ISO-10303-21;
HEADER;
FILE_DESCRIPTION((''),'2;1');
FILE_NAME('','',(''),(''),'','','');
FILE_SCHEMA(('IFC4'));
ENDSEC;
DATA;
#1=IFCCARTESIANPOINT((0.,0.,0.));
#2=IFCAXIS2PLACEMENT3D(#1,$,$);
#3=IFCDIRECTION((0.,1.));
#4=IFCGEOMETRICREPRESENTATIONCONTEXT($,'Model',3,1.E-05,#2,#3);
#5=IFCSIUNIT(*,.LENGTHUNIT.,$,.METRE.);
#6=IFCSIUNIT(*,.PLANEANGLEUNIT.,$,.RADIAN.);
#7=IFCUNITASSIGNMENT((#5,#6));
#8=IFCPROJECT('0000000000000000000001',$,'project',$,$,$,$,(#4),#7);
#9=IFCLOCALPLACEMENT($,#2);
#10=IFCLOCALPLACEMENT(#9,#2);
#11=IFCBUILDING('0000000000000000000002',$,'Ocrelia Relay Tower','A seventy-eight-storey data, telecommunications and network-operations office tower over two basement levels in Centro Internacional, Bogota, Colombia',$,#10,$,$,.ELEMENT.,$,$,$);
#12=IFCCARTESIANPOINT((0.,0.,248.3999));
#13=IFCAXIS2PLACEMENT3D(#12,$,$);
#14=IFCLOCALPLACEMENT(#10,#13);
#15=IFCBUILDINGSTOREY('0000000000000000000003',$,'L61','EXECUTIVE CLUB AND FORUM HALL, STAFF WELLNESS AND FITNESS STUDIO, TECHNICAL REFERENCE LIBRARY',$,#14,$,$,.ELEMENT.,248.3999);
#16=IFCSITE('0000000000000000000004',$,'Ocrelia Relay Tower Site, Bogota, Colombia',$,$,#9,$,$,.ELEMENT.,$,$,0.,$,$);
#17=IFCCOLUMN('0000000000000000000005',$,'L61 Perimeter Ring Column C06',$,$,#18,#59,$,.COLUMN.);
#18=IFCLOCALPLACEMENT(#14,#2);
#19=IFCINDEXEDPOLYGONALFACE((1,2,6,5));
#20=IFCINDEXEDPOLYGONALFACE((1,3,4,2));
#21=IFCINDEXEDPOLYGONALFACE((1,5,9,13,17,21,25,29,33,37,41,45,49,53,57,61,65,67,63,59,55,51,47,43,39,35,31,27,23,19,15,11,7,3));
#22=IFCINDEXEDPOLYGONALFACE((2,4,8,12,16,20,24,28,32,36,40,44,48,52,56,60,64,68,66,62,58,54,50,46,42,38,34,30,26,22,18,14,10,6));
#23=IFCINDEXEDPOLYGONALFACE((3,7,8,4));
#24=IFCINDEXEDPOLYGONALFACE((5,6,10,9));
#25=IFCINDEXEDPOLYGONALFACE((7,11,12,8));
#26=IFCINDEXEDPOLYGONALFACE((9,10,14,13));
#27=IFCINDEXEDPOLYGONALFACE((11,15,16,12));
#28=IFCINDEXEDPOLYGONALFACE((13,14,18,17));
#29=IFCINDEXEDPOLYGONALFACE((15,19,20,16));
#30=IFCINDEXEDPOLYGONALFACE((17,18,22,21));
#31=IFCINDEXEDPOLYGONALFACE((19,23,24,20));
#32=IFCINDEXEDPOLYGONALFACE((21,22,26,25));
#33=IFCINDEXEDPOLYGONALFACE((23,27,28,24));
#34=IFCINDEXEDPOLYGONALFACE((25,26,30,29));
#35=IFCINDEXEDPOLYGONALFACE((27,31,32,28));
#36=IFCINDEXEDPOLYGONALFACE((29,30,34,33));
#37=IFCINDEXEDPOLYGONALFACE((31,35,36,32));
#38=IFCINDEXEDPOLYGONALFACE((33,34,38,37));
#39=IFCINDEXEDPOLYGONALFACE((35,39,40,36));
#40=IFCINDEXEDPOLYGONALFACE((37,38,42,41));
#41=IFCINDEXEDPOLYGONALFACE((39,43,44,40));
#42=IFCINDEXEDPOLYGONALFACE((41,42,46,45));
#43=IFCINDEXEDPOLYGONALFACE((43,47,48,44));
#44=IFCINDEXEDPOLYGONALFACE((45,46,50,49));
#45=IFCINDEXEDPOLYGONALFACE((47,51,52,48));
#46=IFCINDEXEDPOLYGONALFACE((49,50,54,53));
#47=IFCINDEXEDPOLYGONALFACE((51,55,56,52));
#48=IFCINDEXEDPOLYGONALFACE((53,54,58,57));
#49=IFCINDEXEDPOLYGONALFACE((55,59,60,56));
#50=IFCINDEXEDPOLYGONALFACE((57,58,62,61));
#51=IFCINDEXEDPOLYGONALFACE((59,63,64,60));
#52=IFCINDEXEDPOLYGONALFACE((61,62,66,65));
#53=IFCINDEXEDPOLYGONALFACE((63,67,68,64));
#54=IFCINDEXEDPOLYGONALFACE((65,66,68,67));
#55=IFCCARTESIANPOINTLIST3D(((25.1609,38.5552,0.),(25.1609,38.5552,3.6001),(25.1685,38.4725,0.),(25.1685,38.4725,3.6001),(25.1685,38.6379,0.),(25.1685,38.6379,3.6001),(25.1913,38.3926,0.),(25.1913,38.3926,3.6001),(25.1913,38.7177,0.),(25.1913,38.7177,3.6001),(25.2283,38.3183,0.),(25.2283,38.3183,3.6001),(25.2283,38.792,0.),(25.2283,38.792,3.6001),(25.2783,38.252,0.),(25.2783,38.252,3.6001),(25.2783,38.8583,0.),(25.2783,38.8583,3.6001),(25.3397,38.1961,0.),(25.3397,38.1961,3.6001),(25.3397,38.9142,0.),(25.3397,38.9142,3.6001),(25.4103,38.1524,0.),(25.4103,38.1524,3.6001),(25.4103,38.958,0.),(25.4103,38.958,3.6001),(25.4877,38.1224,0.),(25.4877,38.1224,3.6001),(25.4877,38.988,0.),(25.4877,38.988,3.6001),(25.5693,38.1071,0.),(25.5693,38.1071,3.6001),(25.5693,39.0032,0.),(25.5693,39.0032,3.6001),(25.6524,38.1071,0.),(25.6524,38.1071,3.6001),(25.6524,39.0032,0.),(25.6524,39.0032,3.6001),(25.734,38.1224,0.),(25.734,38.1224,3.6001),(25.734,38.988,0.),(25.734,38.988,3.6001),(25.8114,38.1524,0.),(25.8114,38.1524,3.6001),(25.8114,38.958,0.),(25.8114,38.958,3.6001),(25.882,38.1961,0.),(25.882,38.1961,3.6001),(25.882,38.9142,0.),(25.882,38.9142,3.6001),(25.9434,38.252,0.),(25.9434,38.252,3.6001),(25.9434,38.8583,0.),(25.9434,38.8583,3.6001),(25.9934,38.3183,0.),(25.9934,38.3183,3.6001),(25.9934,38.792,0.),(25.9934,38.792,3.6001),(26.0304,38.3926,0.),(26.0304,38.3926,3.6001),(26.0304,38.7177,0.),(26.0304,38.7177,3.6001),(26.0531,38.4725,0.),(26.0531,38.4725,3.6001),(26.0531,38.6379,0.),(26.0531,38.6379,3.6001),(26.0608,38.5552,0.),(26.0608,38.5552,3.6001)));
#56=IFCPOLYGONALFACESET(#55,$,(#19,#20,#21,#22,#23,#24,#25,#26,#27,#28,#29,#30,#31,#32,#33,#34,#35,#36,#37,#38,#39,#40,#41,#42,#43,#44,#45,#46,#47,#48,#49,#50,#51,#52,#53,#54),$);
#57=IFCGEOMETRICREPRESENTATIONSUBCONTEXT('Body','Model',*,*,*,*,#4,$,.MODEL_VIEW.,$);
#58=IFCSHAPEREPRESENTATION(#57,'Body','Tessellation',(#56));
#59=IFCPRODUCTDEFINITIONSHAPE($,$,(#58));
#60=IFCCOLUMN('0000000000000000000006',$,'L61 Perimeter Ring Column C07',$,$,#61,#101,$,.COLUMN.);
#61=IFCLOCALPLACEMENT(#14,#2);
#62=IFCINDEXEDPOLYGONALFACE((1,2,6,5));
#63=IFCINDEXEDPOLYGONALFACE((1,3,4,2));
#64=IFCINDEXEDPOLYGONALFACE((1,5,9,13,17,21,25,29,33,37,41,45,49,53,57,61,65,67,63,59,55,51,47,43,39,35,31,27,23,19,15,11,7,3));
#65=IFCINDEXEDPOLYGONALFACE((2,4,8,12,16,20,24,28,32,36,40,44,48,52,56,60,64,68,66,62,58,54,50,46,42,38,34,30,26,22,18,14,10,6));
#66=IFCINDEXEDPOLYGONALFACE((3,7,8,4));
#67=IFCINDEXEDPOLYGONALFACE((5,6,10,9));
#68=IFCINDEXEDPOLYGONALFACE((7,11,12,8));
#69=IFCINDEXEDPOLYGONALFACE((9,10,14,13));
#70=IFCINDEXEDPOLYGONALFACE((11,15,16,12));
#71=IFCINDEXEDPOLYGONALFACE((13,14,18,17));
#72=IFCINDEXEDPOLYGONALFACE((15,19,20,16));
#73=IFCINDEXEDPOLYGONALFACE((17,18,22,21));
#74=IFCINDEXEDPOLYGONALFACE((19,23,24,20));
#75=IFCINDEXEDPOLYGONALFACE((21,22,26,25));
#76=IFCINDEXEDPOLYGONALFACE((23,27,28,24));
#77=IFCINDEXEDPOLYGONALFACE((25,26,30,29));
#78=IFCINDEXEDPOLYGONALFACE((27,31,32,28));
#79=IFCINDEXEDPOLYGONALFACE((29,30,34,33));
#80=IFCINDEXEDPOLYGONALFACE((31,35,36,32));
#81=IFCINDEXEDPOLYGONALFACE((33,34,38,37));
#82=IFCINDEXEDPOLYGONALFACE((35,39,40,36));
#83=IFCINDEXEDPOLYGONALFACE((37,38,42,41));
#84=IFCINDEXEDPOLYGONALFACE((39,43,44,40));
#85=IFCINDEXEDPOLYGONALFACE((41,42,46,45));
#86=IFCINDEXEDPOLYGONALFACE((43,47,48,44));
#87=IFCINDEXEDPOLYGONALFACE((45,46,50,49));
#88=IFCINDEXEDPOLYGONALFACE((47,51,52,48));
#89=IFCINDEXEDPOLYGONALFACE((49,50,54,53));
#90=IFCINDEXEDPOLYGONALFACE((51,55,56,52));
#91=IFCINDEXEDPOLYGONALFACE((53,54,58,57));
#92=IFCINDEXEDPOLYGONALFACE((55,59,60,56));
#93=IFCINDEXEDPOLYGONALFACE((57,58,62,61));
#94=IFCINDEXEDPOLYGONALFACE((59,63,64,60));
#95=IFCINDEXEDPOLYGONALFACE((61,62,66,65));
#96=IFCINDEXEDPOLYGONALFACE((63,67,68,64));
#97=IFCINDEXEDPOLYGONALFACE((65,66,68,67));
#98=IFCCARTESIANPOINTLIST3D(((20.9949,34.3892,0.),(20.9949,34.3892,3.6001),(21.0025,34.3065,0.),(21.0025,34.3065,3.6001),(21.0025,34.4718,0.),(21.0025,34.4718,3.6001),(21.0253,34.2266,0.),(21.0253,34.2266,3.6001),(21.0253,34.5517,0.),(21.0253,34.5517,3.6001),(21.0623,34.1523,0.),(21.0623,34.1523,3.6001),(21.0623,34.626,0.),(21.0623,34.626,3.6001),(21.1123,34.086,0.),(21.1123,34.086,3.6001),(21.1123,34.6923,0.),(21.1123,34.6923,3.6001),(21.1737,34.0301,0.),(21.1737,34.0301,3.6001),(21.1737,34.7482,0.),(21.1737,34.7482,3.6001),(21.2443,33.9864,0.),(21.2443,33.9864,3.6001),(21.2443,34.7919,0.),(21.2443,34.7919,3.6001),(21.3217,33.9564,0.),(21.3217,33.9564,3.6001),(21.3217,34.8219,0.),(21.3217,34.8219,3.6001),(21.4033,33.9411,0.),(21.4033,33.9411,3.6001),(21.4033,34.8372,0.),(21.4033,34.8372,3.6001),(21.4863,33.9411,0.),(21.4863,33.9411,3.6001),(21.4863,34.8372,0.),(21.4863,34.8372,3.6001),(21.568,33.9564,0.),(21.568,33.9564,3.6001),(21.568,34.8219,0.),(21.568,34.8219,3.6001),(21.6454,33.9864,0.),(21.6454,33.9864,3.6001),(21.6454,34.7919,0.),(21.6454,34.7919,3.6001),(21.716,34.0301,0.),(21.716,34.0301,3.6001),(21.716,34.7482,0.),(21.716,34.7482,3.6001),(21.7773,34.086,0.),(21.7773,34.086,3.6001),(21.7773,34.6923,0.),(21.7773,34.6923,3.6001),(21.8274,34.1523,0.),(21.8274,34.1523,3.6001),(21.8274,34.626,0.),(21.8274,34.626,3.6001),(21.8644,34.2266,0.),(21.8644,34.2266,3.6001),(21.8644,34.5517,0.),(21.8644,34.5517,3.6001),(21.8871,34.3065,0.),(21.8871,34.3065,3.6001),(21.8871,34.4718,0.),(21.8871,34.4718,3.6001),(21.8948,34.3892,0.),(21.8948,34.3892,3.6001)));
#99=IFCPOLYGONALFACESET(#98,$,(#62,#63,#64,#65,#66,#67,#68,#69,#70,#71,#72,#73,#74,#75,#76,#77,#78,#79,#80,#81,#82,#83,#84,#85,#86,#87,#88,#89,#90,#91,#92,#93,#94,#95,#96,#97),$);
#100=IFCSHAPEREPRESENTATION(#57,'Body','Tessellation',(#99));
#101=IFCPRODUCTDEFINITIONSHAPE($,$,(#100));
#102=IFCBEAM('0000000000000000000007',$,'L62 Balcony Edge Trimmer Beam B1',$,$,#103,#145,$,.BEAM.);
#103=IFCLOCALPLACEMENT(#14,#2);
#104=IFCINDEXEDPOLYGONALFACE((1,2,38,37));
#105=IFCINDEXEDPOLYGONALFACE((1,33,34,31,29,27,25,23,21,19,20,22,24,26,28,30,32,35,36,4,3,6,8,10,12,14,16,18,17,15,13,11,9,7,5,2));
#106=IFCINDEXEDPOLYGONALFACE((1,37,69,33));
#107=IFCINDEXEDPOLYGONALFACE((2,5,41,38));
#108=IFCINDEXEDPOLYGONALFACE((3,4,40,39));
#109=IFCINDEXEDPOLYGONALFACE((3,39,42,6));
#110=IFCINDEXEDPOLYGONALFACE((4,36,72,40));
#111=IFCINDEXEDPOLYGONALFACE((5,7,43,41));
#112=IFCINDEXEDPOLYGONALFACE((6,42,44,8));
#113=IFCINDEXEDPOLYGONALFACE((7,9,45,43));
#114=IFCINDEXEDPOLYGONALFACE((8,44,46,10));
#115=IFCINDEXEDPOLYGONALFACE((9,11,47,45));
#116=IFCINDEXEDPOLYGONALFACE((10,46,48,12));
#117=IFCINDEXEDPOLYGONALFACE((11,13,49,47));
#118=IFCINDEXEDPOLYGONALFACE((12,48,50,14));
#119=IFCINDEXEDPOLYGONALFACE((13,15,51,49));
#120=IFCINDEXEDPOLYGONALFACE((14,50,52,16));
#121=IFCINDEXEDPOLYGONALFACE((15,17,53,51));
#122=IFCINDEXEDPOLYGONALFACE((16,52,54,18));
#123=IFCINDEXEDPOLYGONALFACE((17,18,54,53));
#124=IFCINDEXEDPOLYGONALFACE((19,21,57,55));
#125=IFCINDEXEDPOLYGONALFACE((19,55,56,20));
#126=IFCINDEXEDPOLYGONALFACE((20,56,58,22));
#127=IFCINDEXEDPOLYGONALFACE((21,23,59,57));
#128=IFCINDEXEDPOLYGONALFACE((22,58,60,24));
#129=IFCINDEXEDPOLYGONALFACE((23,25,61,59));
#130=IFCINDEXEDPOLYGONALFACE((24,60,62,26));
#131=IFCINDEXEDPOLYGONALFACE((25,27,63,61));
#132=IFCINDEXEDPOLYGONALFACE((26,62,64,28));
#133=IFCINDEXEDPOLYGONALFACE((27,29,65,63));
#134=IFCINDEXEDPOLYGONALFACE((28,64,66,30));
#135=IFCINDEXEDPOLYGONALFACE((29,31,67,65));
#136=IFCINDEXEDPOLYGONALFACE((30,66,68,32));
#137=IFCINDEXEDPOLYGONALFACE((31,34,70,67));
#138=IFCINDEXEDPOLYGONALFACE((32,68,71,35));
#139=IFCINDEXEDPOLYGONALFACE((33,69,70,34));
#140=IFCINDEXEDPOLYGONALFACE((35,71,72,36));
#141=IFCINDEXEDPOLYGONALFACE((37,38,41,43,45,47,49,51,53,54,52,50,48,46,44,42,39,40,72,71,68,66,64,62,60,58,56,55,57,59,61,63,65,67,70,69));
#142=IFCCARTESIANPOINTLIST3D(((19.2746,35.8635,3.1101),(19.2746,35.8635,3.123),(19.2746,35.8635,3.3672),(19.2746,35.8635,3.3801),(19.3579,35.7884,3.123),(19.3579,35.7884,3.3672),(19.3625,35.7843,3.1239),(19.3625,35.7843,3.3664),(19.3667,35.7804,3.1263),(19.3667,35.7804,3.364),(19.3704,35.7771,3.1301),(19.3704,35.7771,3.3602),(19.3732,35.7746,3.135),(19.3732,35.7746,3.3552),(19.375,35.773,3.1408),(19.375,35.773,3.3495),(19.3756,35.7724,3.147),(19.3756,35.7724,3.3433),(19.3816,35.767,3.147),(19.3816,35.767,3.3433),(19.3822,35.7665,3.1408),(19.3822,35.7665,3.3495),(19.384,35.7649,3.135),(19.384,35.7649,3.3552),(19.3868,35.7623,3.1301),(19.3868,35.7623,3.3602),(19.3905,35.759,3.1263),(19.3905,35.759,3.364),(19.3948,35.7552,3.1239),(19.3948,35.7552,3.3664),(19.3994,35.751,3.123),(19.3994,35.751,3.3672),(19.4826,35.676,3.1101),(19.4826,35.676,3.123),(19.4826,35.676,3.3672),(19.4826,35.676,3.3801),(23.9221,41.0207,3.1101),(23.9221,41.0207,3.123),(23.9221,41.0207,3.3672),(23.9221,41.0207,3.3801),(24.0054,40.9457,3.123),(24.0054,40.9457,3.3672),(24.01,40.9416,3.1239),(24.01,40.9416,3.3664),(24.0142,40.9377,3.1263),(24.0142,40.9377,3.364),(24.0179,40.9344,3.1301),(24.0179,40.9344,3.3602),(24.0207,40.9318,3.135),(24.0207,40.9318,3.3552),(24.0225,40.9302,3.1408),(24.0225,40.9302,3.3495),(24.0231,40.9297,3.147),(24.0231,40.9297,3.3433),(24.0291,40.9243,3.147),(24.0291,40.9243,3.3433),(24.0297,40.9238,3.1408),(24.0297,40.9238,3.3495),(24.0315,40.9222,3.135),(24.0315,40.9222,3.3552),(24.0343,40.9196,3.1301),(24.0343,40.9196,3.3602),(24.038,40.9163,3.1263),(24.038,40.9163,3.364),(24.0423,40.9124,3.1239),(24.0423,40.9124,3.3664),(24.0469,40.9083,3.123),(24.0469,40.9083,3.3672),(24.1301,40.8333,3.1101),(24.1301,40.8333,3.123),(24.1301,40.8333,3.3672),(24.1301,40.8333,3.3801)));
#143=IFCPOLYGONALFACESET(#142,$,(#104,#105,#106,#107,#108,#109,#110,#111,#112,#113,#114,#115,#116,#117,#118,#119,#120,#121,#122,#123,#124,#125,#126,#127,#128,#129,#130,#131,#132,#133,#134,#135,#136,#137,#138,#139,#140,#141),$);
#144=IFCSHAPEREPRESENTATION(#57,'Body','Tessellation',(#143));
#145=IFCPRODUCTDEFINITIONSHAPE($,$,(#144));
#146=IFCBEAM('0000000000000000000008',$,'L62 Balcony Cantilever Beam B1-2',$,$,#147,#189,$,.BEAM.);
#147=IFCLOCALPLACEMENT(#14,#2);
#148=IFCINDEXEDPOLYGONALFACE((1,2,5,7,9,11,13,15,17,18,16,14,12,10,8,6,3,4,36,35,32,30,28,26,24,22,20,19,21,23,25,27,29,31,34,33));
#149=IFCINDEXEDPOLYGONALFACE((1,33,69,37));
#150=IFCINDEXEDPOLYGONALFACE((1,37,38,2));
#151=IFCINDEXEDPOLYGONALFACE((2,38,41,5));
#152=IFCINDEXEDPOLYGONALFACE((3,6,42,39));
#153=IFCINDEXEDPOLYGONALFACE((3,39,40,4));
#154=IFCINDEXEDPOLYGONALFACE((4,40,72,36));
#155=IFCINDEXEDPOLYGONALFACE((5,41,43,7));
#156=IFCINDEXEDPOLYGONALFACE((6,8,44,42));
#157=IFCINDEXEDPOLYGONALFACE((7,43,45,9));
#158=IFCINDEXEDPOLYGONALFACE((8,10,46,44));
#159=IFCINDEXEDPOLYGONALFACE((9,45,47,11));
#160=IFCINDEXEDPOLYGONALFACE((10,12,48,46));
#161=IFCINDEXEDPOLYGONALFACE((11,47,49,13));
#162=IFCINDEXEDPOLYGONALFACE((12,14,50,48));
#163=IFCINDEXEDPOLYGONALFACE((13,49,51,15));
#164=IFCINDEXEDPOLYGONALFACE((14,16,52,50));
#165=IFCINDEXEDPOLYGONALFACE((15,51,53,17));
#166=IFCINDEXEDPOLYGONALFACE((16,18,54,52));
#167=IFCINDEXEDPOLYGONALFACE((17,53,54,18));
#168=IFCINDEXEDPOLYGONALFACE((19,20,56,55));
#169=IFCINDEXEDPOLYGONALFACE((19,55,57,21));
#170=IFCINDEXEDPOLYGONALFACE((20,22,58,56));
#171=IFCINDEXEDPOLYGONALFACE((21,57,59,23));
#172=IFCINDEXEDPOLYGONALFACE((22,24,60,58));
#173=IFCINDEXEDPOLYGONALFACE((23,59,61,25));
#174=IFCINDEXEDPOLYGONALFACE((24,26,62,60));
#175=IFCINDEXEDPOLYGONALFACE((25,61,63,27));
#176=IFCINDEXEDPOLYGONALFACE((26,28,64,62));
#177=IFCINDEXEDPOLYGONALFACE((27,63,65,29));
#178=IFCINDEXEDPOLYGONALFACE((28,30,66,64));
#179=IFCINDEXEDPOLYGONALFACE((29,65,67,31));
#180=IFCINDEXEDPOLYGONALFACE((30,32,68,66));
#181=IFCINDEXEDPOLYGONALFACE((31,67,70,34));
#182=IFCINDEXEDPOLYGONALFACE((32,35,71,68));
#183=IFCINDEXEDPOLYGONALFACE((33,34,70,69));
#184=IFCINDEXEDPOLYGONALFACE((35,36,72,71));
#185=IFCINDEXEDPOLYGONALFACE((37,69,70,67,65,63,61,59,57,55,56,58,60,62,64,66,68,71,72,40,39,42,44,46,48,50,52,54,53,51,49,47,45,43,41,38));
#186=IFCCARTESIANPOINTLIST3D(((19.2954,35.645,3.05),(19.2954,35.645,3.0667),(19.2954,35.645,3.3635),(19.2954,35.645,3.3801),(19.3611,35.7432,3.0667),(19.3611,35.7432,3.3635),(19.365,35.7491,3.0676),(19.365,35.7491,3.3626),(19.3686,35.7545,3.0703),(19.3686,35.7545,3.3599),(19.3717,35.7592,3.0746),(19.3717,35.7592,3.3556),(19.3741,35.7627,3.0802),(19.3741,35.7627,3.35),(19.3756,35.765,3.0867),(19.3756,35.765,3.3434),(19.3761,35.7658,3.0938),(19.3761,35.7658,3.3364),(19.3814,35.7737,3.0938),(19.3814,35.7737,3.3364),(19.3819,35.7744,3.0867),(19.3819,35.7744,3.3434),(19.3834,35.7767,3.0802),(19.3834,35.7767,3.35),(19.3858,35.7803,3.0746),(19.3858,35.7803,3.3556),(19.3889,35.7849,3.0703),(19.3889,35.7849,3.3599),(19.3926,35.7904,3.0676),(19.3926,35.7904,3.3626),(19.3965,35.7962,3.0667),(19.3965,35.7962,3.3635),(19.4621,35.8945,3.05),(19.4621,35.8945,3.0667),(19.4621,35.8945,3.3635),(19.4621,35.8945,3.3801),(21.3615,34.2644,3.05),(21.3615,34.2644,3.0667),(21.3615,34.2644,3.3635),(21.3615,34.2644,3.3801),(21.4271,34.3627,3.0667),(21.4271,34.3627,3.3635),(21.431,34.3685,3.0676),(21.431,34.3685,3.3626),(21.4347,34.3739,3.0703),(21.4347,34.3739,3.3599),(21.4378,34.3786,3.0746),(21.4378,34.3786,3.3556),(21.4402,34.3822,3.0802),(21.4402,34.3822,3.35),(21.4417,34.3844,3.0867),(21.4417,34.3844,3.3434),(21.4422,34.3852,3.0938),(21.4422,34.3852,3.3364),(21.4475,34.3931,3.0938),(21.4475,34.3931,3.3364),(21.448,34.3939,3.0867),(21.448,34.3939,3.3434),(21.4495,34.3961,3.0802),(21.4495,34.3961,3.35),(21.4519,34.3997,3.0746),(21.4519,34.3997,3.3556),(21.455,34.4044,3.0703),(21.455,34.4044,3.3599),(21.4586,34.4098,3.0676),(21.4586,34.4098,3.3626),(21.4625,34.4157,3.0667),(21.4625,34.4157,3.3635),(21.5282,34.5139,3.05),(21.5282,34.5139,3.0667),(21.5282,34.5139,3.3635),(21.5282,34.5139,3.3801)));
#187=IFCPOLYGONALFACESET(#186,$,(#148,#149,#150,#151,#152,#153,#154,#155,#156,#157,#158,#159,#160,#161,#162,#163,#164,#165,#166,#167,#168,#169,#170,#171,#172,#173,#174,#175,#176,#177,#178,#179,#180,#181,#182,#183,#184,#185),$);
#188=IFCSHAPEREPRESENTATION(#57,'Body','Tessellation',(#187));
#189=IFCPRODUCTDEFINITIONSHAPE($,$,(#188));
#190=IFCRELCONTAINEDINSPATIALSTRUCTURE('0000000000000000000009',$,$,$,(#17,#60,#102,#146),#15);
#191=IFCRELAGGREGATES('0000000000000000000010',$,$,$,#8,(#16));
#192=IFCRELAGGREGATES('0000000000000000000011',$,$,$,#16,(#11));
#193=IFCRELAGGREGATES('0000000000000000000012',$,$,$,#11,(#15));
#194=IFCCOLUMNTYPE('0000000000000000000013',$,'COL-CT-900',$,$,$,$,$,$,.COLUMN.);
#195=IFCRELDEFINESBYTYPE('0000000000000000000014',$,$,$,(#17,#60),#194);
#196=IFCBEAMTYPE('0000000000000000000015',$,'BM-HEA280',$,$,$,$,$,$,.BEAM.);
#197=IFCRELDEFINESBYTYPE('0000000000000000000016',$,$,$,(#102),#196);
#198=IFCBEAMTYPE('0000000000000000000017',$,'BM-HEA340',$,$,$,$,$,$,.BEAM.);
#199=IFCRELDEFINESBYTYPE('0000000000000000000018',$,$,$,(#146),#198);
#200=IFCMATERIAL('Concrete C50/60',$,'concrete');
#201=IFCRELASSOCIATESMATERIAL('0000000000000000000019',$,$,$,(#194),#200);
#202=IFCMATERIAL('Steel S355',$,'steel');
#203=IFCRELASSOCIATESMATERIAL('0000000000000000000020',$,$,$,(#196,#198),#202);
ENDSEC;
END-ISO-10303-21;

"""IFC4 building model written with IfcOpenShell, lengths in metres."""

from ifc_helpers import new_model, si_unit, direction, frame, origin, origin_2d, place, context, subcontext, project, spatial, circle, i_section, extrude, material, material_profile, profile_set, type_object, element, save


model = new_model("IFC4")

# Units and contexts
model_context = context("Model", 3, precision=1e-05, world=origin(), true_north=direction((0.0, 1.0)))
body_context = subcontext(model_context, "Body", "Model", "MODEL_VIEW")
ifc_project = project(units=[si_unit("LENGTHUNIT", "METRE"), si_unit("PLANEANGLEUNIT", "RADIAN")], contexts=[model_context])

# Site, building, storey
site_placement = place(None, origin())
site = spatial("IfcSite", under=ifc_project, at=site_placement, Name="Ocrelia Relay Tower Site, Bogota, Colombia", CompositionType="ELEMENT", RefElevation=0.0)
building_placement = place(site_placement, origin())
building = spatial("IfcBuilding", under=site, at=building_placement, Name="Ocrelia Relay Tower", Description="A seventy-eight-storey data, telecommunications and network-operations office tower over two basement levels in Centro Internacional, Bogota, Colombia", CompositionType="ELEMENT")
storey_placement = place(building_placement, frame((0.0, 0.0, 248.3999)))
storey = spatial("IfcBuildingStorey", under=building, at=storey_placement, Name="L61", Description="EXECUTIVE CLUB AND FORUM HALL, STAFF WELLNESS AND FITNESS STUDIO, TECHNICAL REFERENCE LIBRARY", CompositionType="ELEMENT", Elevation=248.3999)

# Columns
ifc_material_1 = material(Name="Concrete C50/60", Category="concrete")
ifc_material_profile_1 = material_profile(ifc_material_1, circle(Radius=0.45, at=origin_2d()), Name="RC-CIR-900")
ifc_profile_set_1 = profile_set([ifc_material_profile_1], Name="Concrete C50/60")
column_type = type_object("IfcColumnType", Name="COL-CT-900", PredefinedType="COLUMN", material=ifc_profile_set_1)
for number, where, z_axis, x_axis, name in (
    (1, (25.6108, 38.5552, 0.0), (0.0, 0.0, 1.0), (1.0, 0.0, 0.0), "L61 Perimeter Ring Column C06"),
    (2, (21.4448, 34.3892, 0.0), (0.0, 0.0, 1.0), (1.0, 0.0, 0.0), "L61 Perimeter Ring Column C07"),
):
    element("IfcColumn", number, at=place(storey_placement, frame(where, z_axis=z_axis, x_axis=x_axis)), inside=storey, type_object=column_type, Name=name, PredefinedType="COLUMN", context=body_context, shape_type="SweptSolid", body=[
        extrude(circle(Radius=0.45, at=origin_2d()), origin(), (0.0, 0.0, 1.0), 3.6001),
    ])

# Beams
ifc_material_2 = material(Name="Steel S355", Category="steel")
ifc_material_profile_2 = material_profile(ifc_material_2, i_section(OverallWidth=0.28, OverallDepth=0.27, WebThickness=0.0081, FlangeThickness=0.0129, FilletRadius=0.0239, at=origin_2d()), Name="HEA 280")
ifc_profile_set_2 = profile_set([ifc_material_profile_2], Name="Steel S355")
beam_type_1 = type_object("IfcBeamType", Name="BM-HEA280", PredefinedType="BEAM", material=ifc_profile_set_2)
beam_1_placement = place(storey_placement, frame((24.0261, 40.927, 3.2451), z_axis=(-0.669439, -0.742867, 0.0), x_axis=(0.742867, -0.669439, 0.0)))
element("IfcBeam", 3, at=beam_1_placement, inside=storey, type_object=beam_type_1, Name="L62 Balcony Edge Trimmer Beam B1", PredefinedType="BEAM", context=body_context, shape_type="SweptSolid", body=[
    extrude(i_section(OverallWidth=0.28, OverallDepth=0.27, WebThickness=0.0081, FlangeThickness=0.0129, FilletRadius=0.0239, at=origin_2d()), origin(), (0.0, 0.0, 1.0), 6.9424),
])
ifc_material_profile_3 = material_profile(ifc_material_2, i_section(OverallWidth=0.3, OverallDepth=0.3301, WebThickness=0.0095, FlangeThickness=0.0166, FilletRadius=0.0271, at=origin_2d()), Name="HEA 340")
ifc_profile_set_3 = profile_set([ifc_material_profile_3], Name="Steel S355")
beam_type_2 = type_object("IfcBeamType", Name="BM-HEA340", PredefinedType="BEAM", material=ifc_profile_set_3)
beam_2_placement = place(storey_placement, frame((21.4448, 34.3892, 3.2151), z_axis=(-0.83146, 0.555584, 0.0), x_axis=(-0.555584, -0.83146, 0.0)))
element("IfcBeam", 4, at=beam_2_placement, inside=storey, type_object=beam_type_2, Name="L62 Balcony Cantilever Beam B1-2", PredefinedType="BEAM", context=body_context, shape_type="SweptSolid", body=[
    extrude(i_section(OverallWidth=0.3, OverallDepth=0.3301, WebThickness=0.0095, FlangeThickness=0.0166, FilletRadius=0.0271, at=origin_2d()), origin(), (0.0, 0.0, 1.0), 2.4849),
])

save(model, "model.ifc")
